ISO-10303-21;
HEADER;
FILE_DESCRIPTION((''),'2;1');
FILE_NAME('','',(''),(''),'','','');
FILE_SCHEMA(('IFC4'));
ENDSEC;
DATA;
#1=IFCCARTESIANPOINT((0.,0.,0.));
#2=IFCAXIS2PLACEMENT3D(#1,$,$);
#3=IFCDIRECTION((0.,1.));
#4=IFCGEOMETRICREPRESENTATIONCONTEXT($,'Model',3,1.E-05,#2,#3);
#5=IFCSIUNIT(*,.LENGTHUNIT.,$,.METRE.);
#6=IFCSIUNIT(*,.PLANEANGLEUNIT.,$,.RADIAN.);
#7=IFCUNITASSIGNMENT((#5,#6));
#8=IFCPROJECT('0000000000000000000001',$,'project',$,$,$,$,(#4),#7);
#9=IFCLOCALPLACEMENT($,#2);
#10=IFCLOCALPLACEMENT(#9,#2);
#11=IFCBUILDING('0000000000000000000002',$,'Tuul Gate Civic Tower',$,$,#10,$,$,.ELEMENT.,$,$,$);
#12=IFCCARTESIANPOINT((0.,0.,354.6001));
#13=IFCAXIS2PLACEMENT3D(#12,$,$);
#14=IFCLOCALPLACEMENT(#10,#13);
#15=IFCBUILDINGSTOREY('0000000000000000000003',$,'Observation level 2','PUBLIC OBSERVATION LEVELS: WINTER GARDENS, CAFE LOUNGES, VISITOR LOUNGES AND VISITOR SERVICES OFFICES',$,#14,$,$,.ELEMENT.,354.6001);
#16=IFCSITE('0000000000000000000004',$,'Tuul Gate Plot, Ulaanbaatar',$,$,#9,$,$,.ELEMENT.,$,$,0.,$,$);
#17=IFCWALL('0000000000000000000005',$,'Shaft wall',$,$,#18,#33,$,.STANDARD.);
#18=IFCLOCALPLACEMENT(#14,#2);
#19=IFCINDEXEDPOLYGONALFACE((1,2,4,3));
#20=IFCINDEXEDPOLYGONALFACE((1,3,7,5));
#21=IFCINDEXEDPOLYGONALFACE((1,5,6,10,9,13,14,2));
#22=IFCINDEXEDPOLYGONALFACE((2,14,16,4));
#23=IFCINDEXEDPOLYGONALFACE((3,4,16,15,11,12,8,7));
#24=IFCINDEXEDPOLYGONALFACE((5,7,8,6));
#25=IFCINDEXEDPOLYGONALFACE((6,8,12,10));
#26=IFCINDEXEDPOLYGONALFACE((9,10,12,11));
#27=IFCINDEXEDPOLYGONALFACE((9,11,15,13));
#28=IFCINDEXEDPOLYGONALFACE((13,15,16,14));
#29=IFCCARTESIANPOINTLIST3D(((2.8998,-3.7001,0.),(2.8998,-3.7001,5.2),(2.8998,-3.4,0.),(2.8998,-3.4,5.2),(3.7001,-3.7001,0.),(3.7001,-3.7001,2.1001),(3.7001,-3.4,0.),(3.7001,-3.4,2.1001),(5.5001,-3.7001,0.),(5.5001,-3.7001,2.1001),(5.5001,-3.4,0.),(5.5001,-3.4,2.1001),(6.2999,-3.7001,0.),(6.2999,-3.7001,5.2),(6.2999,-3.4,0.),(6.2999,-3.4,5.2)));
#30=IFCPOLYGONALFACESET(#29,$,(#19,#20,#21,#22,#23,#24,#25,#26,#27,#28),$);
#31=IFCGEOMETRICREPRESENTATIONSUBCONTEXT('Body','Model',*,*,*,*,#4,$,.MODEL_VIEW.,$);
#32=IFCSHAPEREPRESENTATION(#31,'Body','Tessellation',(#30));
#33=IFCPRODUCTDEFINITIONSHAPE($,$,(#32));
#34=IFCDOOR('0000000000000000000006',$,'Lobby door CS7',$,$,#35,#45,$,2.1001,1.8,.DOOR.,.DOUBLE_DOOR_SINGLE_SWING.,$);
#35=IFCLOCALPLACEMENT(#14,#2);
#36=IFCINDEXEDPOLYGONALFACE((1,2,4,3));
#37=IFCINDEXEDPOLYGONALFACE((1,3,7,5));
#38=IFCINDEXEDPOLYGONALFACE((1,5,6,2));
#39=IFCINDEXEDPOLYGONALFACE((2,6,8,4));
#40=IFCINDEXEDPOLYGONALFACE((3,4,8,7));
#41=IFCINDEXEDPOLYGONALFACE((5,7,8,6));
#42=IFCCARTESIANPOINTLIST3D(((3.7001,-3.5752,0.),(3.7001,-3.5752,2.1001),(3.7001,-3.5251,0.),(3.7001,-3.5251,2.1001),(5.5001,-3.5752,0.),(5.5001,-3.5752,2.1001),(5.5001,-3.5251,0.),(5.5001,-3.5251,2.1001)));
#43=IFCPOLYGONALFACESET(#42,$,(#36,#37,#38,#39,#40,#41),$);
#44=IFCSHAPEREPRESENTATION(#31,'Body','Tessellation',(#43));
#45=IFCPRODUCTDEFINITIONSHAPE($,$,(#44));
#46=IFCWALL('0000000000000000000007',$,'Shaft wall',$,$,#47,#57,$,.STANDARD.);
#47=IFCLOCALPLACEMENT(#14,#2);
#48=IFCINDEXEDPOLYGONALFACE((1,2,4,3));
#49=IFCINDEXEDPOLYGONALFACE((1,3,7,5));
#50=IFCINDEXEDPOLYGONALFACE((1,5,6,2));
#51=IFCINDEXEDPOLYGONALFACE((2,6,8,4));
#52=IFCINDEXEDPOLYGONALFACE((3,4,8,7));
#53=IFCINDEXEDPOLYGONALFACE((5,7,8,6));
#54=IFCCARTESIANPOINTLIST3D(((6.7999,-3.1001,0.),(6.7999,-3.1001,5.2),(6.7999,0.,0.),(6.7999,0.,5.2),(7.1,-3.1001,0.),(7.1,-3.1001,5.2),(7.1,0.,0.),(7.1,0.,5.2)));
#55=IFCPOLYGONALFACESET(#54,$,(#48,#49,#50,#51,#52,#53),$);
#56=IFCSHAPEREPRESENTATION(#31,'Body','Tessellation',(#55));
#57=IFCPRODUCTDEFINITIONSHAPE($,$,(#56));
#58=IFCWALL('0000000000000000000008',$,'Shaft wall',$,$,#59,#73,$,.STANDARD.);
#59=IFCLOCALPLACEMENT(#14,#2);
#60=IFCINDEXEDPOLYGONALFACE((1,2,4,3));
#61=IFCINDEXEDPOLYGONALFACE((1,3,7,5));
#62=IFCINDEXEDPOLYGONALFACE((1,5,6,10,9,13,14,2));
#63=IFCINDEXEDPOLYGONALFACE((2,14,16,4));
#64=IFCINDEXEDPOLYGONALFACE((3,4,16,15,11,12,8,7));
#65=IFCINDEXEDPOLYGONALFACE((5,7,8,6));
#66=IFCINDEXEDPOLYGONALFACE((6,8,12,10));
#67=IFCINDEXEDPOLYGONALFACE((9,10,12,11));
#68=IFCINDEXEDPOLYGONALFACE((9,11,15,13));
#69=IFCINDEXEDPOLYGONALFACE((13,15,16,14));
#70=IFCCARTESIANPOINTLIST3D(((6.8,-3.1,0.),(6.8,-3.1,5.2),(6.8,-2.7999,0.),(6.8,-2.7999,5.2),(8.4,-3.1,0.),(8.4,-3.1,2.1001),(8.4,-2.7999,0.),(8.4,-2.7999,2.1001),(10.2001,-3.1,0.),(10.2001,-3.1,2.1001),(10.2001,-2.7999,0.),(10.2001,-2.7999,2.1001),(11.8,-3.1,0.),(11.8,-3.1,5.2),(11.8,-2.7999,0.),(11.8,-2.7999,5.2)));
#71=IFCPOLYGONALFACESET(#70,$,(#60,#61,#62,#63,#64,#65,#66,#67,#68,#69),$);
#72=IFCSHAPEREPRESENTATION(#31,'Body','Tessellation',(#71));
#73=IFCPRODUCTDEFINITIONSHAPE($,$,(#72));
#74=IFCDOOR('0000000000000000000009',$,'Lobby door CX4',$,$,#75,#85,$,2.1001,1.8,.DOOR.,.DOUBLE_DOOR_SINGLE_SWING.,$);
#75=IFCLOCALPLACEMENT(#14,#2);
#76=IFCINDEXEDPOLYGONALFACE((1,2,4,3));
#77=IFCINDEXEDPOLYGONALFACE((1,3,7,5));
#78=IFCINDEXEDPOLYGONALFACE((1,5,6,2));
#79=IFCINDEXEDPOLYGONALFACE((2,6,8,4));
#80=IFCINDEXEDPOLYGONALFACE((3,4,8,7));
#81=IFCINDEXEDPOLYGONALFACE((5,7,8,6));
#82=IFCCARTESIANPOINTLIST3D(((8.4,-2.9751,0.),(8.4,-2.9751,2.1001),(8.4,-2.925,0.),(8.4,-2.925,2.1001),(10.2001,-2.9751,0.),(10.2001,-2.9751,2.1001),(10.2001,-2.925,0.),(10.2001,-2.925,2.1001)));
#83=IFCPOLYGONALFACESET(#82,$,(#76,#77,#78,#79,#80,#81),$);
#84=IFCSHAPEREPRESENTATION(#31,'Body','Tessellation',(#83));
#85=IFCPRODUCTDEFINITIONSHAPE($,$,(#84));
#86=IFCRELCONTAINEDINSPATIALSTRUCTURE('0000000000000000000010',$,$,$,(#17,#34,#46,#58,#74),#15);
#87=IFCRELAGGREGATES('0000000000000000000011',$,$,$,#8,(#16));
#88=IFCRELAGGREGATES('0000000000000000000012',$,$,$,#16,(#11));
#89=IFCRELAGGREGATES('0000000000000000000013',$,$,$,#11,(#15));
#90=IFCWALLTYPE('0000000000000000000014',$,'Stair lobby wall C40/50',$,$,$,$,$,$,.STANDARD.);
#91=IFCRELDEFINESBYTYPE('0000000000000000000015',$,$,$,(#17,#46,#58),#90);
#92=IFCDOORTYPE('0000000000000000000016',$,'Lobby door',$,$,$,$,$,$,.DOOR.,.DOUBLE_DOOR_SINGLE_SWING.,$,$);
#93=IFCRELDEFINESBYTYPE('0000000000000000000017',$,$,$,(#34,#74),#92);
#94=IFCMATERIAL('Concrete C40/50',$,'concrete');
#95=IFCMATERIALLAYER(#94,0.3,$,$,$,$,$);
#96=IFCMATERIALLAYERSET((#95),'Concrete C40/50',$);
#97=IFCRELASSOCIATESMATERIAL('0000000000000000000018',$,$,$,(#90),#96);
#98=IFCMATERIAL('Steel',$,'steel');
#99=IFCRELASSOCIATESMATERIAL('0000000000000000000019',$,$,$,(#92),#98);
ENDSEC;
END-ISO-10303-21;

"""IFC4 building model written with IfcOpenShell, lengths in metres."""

from ifc_helpers import new_model, si_unit, direction, frame, frame_2d, origin, place, context, subcontext, project, spatial, rectangle, extrude, material, layer, layer_set, type_object, element, fill, save


model = new_model("IFC4")

# Units and contexts
model_context = context("Model", 3, precision=1e-05, world=origin(), true_north=direction((0.0, 1.0)))
body_context = subcontext(model_context, "Body", "Model", "MODEL_VIEW")
ifc_project = project(units=[si_unit("LENGTHUNIT", "METRE"), si_unit("PLANEANGLEUNIT", "RADIAN")], contexts=[model_context])

# Site, building, storey
site_placement = place(None, origin())
site = spatial("IfcSite", under=ifc_project, at=site_placement, Name="Tuul Gate Plot, Ulaanbaatar", CompositionType="ELEMENT", RefElevation=0.0)
building_placement = place(site_placement, origin())
building = spatial("IfcBuilding", under=site, at=building_placement, Name="Tuul Gate Civic Tower", CompositionType="ELEMENT")
storey_placement = place(building_placement, frame((0.0, 0.0, 354.6001)))
storey = spatial("IfcBuildingStorey", under=building, at=storey_placement, Name="Observation level 2", Description="PUBLIC OBSERVATION LEVELS: WINTER GARDENS, CAFE LOUNGES, VISITOR LOUNGES AND VISITOR SERVICES OFFICES", CompositionType="ELEMENT", Elevation=354.6001)

# Wall, opening, door
ifc_material_1 = material(Name="Concrete C40/50", Category="concrete")
ifc_layer_1 = layer(ifc_material_1, 0.3)
ifc_layer_set_1 = layer_set([ifc_layer_1], Name="Concrete C40/50")
wall_type_1 = type_object("IfcWallType", Name="Stair lobby wall C40/50", PredefinedType="STANDARD", material=ifc_layer_set_1)
wall_1_placement = place(storey_placement, frame((6.3, -3.55, 0.0), z_axis=(0.0, 0.0, 1.0), x_axis=(-1.0, 0.0, 0.0)))
wall_1 = element("IfcWall", 1, at=wall_1_placement, inside=storey, type_object=wall_type_1, Name="Shaft wall", PredefinedType="STANDARD", context=body_context, shape_type="SweptSolid", body=[
    extrude(rectangle(XDim=3.4001, YDim=0.3, at=frame_2d((1.7002, 0.0))), origin(), (0.0, 0.0, 1.0), 5.2),
])
opening_1_placement = place(wall_1_placement, frame((0.8, 0.0, 0.0)))
opening_1 = element("IfcOpeningElement", 2, at=opening_1_placement, cuts=wall_1, PredefinedType="OPENING", context=body_context, shape_type="SweptSolid", body=[
    extrude(rectangle(XDim=1.8, YDim=2.1001, at=frame_2d((0.8999, 1.05))), frame((0.0, 0.1602, 0.0), z_axis=(0.0, -1.0, 0.0), x_axis=(1.0, 0.0, 0.0)), (0.0, 0.0, 1.0), 0.3201),
])
ifc_material_2 = material(Name="Steel", Category="steel")
door_type_1 = type_object("IfcDoorType", Name="Lobby door", OperationType="DOUBLE_DOOR_SINGLE_SWING", PredefinedType="DOOR", material=ifc_material_2)
door_1_placement = place(opening_1_placement, frame((1.8, 0.0, 0.0), z_axis=(0.0, 0.0, 1.0), x_axis=(-1.0, 0.0, 0.0)))
door_1 = element("IfcDoor", 3, at=door_1_placement, inside=storey, type_object=door_type_1, Name="Lobby door CS7", OperationType="DOUBLE_DOOR_SINGLE_SWING", OverallHeight=2.1001, OverallWidth=1.8, PredefinedType="DOOR", context=body_context, shape_type="SweptSolid", body=[
    extrude(rectangle(XDim=1.8, YDim=2.1001, at=frame_2d((0.9001, 1.05))), frame((0.0, 0.0249, 0.0), z_axis=(0.0, -1.0, 0.0), x_axis=(1.0, 0.0, 0.0)), (0.0, 0.0, 1.0), 0.05),
])
fill(opening_1, door_1)

# Wall
wall_2_placement = place(storey_placement, frame((6.95, -3.1001, 0.0), z_axis=(0.0, 0.0, 1.0), x_axis=(0.0, 1.0, 0.0)))
element("IfcWall", 4, at=wall_2_placement, inside=storey, type_object=wall_type_1, Name="Shaft wall", PredefinedType="STANDARD", context=body_context, shape_type="SweptSolid", body=[
    extrude(rectangle(XDim=3.1001, YDim=0.3, at=frame_2d((1.55, 0.0))), origin(), (0.0, 0.0, 1.0), 5.2),
])

# Wall, opening, door
wall_3_placement = place(storey_placement, frame((11.8, -2.95, 0.0), z_axis=(0.0, 0.0, 1.0), x_axis=(-1.0, 0.0, 0.0)))
wall_3 = element("IfcWall", 5, at=wall_3_placement, inside=storey, type_object=wall_type_1, Name="Shaft wall", PredefinedType="STANDARD", context=body_context, shape_type="SweptSolid", body=[
    extrude(rectangle(XDim=5.0, YDim=0.3, at=frame_2d((2.5, 0.0))), origin(), (0.0, 0.0, 1.0), 5.2),
])
opening_2_placement = place(wall_3_placement, frame((1.6001, 0.0, 0.0)))
opening_2 = element("IfcOpeningElement", 6, at=opening_2_placement, cuts=wall_3, PredefinedType="OPENING", context=body_context, shape_type="SweptSolid", body=[
    extrude(rectangle(XDim=1.8, YDim=2.1001, at=frame_2d((0.8999, 1.05))), frame((0.0, 0.1602, 0.0), z_axis=(0.0, -1.0, 0.0), x_axis=(1.0, 0.0, 0.0)), (0.0, 0.0, 1.0), 0.3201),
])
door_2_placement = place(opening_2_placement, frame((1.8, 0.0, 0.0), z_axis=(0.0, 0.0, 1.0), x_axis=(-1.0, 0.0, 0.0)))
door_2 = element("IfcDoor", 7, at=door_2_placement, inside=storey, type_object=door_type_1, Name="Lobby door CX4", OperationType="DOUBLE_DOOR_SINGLE_SWING", OverallHeight=2.1001, OverallWidth=1.8, PredefinedType="DOOR", context=body_context, shape_type="SweptSolid", body=[
    extrude(rectangle(XDim=1.8, YDim=2.1001, at=frame_2d((0.9001, 1.05))), frame((0.0, 0.0249, 0.0), z_axis=(0.0, -1.0, 0.0), x_axis=(1.0, 0.0, 0.0)), (0.0, 0.0, 1.0), 0.05),
])
fill(opening_2, door_2)

save(model, "model.ifc")
